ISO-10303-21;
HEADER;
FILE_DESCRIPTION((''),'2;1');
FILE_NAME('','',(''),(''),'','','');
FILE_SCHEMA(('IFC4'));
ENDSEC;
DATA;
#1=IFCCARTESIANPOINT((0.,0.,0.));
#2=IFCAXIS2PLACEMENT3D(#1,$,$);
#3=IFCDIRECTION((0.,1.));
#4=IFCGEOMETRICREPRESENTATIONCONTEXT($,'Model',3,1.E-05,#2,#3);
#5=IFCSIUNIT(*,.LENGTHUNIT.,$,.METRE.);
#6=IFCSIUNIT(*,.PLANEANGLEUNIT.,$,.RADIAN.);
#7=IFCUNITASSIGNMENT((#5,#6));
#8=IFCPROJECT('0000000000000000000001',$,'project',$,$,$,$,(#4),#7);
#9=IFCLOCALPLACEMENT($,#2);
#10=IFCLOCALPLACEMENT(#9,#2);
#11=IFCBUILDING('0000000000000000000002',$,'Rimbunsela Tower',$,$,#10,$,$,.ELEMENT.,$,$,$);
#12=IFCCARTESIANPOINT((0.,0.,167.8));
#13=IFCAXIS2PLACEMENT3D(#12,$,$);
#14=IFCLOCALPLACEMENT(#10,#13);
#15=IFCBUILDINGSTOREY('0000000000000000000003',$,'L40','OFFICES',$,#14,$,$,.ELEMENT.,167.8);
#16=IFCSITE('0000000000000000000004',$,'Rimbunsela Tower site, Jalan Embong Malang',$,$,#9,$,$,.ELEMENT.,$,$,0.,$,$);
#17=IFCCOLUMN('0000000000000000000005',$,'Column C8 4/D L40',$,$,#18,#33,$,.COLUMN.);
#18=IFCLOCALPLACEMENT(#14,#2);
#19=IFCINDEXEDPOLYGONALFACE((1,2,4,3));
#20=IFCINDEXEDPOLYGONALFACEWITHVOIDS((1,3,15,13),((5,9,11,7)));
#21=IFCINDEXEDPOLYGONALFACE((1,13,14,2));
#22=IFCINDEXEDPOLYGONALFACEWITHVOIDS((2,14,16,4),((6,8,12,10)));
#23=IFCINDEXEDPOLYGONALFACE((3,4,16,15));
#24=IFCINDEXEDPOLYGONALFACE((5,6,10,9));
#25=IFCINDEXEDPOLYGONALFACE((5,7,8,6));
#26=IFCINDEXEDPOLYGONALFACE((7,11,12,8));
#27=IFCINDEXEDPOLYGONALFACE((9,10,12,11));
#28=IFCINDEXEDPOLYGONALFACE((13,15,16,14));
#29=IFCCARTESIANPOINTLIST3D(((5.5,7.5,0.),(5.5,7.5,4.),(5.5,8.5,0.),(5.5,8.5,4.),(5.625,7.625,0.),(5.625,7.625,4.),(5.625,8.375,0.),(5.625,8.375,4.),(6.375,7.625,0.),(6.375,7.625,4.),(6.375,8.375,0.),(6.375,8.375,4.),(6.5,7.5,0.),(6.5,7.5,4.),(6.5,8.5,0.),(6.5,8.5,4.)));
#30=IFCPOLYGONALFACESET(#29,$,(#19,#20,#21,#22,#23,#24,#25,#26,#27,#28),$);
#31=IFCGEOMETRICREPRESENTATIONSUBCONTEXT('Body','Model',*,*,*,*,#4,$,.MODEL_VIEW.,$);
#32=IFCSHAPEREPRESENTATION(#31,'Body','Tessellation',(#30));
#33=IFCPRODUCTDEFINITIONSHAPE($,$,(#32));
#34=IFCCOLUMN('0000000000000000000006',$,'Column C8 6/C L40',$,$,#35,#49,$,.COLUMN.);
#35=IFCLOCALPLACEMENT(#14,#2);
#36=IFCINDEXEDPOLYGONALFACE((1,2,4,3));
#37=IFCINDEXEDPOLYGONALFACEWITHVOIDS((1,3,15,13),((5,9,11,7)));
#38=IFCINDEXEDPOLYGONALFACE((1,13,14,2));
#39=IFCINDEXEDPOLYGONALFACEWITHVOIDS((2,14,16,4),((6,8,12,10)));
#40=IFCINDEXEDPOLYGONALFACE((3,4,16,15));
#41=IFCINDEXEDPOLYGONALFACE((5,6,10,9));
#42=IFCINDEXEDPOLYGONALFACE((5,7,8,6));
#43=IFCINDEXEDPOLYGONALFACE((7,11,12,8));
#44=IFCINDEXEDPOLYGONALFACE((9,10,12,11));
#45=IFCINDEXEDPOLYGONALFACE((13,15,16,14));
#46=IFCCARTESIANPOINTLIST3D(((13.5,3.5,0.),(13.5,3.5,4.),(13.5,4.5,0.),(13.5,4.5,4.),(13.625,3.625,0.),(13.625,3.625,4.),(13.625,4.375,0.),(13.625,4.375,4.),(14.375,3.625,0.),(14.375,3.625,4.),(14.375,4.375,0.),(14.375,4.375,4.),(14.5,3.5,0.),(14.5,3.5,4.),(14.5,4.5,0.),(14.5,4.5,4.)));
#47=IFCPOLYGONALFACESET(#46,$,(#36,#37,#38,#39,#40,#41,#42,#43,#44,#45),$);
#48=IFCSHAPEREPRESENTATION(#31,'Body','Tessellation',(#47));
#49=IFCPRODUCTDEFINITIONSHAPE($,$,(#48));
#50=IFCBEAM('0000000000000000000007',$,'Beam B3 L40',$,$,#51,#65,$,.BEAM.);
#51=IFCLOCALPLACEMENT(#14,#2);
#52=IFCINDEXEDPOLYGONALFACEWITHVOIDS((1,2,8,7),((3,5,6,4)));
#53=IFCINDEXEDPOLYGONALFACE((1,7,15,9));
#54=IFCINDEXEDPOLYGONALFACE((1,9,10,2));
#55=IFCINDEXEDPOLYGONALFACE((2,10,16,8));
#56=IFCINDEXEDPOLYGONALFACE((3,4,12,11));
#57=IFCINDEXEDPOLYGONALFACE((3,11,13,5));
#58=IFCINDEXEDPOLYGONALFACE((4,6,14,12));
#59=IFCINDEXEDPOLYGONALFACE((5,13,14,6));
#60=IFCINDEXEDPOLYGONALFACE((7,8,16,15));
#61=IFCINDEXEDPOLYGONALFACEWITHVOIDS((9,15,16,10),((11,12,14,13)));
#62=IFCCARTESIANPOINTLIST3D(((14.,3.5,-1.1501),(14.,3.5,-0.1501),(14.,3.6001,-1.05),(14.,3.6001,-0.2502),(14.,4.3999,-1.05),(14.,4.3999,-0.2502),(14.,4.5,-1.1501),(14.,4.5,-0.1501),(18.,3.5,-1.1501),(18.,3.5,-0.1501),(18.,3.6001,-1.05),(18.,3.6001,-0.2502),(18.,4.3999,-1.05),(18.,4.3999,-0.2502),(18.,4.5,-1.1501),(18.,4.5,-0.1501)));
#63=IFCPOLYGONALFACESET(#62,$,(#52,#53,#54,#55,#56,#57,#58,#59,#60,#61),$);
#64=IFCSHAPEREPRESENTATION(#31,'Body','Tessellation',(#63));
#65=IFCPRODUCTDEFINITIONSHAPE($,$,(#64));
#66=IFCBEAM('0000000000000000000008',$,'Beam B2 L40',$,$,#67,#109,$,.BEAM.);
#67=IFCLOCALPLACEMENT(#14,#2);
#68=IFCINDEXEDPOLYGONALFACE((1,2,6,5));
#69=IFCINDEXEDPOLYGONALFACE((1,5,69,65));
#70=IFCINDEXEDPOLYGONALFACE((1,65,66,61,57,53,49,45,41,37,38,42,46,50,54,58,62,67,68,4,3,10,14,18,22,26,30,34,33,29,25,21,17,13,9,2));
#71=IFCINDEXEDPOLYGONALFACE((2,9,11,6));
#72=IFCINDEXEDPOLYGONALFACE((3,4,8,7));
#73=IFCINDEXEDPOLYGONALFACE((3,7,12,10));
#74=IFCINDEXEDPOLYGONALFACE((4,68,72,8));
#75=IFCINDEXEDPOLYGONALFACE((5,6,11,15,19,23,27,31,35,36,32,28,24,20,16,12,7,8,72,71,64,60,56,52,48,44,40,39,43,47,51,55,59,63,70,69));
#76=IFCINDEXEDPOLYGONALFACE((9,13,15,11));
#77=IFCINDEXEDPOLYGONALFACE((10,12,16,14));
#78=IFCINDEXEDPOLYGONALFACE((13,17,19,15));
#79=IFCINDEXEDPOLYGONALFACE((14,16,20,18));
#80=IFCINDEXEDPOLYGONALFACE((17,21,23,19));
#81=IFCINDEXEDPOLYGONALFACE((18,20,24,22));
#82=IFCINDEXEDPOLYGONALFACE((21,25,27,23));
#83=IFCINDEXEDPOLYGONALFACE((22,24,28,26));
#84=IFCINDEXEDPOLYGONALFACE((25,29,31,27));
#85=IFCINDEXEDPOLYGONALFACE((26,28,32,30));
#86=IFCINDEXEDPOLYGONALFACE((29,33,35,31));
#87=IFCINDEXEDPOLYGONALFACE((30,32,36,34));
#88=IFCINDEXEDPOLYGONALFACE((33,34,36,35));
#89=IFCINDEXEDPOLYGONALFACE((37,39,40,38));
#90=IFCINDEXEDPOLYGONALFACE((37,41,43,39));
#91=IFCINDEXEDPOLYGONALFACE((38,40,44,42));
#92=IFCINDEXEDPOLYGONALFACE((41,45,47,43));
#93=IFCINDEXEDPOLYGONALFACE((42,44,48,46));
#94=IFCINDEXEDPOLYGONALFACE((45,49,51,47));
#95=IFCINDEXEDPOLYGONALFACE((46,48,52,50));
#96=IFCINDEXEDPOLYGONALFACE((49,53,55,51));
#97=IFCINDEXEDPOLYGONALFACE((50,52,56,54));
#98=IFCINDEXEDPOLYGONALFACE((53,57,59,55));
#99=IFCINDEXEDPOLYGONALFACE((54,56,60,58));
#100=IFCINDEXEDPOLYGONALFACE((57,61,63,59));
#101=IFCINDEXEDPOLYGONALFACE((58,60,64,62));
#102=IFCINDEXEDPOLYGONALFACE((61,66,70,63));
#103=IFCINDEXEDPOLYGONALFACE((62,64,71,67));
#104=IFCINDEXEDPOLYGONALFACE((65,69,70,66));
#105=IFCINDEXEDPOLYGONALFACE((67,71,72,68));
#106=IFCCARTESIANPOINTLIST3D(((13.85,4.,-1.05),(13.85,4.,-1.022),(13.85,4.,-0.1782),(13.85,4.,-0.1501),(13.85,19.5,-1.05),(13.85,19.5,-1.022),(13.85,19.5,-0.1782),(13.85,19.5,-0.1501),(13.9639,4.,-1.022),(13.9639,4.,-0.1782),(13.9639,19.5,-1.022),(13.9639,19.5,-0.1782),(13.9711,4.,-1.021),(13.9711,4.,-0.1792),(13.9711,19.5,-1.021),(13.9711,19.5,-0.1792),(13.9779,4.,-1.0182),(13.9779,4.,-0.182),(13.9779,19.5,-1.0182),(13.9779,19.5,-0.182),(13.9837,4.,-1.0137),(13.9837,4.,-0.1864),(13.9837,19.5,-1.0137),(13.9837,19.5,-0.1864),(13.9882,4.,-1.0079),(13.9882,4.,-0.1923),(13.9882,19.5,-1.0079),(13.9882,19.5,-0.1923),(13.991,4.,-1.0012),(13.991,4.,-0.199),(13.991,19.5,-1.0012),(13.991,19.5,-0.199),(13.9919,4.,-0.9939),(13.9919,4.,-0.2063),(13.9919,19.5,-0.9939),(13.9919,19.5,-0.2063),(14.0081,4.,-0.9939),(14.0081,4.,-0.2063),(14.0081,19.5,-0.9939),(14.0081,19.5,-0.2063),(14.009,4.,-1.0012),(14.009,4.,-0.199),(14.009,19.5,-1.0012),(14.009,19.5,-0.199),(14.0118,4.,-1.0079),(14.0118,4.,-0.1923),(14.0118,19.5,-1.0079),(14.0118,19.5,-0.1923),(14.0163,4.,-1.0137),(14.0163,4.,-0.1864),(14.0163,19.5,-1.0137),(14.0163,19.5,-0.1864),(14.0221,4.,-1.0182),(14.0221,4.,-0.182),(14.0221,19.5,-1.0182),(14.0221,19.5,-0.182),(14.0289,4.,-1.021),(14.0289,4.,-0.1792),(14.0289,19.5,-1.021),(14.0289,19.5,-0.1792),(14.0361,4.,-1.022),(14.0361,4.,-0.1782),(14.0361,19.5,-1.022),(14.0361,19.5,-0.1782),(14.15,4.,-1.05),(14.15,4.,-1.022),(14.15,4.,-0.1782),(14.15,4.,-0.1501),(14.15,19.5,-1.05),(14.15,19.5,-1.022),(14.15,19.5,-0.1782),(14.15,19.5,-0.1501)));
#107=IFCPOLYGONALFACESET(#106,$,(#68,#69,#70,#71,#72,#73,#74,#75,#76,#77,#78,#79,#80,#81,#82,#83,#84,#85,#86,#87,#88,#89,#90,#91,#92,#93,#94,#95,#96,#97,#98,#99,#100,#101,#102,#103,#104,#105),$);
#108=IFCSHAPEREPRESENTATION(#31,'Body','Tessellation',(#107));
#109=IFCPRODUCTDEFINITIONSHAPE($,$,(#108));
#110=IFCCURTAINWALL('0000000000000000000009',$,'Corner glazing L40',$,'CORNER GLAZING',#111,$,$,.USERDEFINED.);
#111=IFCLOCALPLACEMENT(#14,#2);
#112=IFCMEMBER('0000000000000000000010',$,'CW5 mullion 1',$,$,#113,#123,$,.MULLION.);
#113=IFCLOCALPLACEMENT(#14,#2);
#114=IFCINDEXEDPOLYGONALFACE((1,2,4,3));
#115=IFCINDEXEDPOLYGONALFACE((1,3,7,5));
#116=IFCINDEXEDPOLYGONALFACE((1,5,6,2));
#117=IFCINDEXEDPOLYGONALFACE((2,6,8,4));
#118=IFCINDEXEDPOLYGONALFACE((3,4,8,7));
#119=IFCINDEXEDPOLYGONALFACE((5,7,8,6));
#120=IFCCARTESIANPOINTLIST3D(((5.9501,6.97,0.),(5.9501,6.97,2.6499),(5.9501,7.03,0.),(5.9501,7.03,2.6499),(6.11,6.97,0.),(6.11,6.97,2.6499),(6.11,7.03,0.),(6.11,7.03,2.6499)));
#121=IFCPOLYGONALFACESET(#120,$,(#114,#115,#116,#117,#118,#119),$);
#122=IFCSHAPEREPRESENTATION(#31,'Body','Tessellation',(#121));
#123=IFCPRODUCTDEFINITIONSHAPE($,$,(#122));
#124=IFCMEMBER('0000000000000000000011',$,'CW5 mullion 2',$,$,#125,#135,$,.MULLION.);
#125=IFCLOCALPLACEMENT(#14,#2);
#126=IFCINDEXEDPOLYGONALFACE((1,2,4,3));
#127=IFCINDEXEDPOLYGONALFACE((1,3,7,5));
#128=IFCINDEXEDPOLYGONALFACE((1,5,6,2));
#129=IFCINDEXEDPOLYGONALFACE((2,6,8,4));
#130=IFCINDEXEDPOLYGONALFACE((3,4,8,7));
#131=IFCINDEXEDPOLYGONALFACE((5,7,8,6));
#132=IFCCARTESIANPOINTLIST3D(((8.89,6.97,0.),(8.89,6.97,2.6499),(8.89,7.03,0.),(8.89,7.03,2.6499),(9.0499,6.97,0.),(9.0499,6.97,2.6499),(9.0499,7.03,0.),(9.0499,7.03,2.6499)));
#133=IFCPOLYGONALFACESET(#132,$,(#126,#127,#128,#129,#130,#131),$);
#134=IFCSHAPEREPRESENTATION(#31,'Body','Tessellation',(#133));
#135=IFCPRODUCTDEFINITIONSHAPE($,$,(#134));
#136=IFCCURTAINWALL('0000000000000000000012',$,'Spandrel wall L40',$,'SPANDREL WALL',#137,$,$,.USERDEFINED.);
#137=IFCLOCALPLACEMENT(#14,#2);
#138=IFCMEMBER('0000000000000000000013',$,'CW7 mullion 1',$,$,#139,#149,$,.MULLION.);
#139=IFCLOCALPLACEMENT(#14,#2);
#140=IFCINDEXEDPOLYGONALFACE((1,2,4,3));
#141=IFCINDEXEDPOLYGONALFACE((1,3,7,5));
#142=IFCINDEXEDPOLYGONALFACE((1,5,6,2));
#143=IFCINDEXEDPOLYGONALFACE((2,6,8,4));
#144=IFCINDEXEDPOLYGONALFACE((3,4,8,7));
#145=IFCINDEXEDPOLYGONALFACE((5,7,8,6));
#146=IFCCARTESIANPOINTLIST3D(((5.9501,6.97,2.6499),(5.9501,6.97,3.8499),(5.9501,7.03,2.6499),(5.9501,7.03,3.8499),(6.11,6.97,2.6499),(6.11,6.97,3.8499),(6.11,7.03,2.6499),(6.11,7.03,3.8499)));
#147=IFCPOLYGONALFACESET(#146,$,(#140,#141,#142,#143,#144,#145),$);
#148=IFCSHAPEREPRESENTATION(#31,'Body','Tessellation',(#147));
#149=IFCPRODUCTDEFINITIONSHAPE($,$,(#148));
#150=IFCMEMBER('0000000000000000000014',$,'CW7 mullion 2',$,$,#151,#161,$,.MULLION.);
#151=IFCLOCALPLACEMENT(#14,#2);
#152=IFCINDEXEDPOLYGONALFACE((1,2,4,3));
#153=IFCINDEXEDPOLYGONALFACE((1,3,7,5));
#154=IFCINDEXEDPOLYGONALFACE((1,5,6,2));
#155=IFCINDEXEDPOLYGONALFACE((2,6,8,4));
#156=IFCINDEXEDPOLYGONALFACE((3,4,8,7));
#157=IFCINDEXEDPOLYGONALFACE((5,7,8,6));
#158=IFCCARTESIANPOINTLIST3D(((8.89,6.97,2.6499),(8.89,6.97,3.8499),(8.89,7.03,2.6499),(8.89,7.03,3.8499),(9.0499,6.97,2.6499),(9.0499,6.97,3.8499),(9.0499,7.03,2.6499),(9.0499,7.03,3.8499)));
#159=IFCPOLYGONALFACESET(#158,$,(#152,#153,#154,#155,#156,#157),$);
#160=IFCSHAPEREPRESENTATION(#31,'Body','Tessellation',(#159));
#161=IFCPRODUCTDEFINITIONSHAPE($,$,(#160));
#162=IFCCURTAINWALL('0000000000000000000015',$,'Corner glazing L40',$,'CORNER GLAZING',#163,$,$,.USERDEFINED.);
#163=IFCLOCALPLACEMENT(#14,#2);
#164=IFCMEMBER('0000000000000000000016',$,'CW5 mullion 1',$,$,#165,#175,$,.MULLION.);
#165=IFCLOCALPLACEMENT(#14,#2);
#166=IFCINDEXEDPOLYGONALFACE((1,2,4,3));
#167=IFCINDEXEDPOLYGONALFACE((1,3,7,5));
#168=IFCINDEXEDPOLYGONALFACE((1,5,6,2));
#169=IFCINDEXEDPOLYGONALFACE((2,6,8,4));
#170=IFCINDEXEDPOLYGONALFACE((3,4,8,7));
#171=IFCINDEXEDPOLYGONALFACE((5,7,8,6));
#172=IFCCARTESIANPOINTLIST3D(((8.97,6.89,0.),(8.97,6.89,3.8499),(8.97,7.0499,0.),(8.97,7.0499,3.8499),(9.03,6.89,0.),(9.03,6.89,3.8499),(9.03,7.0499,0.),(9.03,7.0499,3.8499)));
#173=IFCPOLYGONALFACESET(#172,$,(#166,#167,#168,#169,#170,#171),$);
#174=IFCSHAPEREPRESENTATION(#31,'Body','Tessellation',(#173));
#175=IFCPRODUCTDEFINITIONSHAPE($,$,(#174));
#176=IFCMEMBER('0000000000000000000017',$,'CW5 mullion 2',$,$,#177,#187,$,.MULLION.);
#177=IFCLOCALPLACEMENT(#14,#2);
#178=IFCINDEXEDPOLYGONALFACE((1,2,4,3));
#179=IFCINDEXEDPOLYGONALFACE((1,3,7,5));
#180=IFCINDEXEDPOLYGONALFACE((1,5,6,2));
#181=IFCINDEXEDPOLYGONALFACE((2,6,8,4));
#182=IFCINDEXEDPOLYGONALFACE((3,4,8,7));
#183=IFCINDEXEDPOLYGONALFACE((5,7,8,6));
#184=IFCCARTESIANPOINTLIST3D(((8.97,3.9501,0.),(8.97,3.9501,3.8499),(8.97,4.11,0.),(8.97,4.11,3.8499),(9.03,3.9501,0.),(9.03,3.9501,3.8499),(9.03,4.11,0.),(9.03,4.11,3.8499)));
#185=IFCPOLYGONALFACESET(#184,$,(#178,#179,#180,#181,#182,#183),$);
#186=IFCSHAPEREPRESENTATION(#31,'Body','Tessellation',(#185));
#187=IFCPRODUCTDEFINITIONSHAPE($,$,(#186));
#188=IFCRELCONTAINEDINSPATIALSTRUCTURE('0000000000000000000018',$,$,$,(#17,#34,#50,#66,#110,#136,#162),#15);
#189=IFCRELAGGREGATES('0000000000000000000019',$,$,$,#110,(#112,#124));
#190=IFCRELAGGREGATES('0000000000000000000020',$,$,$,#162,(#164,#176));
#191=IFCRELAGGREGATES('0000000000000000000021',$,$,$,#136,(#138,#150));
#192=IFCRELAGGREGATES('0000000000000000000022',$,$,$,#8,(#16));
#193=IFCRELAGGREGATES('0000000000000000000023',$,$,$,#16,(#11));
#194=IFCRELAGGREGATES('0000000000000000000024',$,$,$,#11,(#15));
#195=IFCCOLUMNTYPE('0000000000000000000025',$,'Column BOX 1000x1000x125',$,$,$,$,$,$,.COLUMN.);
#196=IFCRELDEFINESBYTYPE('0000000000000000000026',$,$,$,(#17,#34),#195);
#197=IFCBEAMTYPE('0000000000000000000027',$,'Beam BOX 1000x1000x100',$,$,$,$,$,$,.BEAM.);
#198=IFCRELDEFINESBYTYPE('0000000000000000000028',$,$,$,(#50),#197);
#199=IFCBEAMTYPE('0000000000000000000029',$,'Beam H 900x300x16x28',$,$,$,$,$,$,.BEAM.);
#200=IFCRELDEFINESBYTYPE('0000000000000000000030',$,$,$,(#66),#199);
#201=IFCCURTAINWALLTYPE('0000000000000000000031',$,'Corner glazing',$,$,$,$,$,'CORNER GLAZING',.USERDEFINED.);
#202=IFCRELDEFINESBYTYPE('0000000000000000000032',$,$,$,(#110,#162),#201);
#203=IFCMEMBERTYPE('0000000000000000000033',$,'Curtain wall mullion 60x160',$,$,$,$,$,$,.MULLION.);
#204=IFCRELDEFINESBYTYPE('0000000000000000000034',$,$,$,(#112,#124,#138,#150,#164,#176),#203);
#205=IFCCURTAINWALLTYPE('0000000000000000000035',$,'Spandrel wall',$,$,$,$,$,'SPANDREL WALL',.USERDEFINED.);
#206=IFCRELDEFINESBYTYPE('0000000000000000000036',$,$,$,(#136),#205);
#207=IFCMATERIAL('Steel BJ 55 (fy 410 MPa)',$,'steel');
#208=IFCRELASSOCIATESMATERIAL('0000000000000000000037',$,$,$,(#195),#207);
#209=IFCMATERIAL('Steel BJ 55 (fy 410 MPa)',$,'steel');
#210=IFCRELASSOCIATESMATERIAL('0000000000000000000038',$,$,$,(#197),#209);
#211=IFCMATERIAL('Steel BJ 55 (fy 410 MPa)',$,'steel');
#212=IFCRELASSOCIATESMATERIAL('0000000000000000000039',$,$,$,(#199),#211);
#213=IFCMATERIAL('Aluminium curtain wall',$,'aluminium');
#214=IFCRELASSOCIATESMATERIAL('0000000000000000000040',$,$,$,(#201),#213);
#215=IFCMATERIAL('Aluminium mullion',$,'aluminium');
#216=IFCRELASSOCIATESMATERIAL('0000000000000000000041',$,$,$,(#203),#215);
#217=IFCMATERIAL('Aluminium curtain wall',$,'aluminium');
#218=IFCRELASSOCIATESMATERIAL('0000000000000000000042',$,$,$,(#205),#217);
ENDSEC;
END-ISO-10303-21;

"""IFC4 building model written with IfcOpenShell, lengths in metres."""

from ifc_helpers import new_model, si_unit, direction, frame, origin, origin_2d, place, context, subcontext, project, spatial, rectangle, hollow_rectangle, i_section, extrude, material, material_profile, profile_set, type_object, element, aggregate, save


model = new_model("IFC4")

# Units and contexts
model_context = context("Model", 3, precision=1e-05, world=origin(), true_north=direction((0.0, 1.0)))
body_context = subcontext(model_context, "Body", "Model", "MODEL_VIEW")
ifc_project = project(units=[si_unit("LENGTHUNIT", "METRE"), si_unit("PLANEANGLEUNIT", "RADIAN")], contexts=[model_context])

# Site, building, storey
site_placement = place(None, origin())
site = spatial("IfcSite", under=ifc_project, at=site_placement, Name="Rimbunsela Tower site, Jalan Embong Malang", CompositionType="ELEMENT", RefElevation=0.0)
building_placement = place(site_placement, origin())
building = spatial("IfcBuilding", under=site, at=building_placement, Name="Rimbunsela Tower", CompositionType="ELEMENT")
storey_placement = place(building_placement, frame((0.0, 0.0, 167.8)))
storey = spatial("IfcBuildingStorey", under=building, at=storey_placement, Name="L40", Description="OFFICES", CompositionType="ELEMENT", Elevation=167.8)

# Columns
ifc_material_1 = material(Name="Steel BJ 55 (fy 410 MPa)", Category="steel")
ifc_material_profile_1 = material_profile(ifc_material_1, hollow_rectangle(XDim=1.0, YDim=1.0, WallThickness=0.125, at=origin_2d()), Name="BOX 1000x1000x125")
ifc_profile_set_1 = profile_set([ifc_material_profile_1], Name="Steel BJ 55 (fy 410 MPa)")
column_type = type_object("IfcColumnType", Name="Column BOX 1000x1000x125", PredefinedType="COLUMN", material=ifc_profile_set_1)
for number, where, z_axis, x_axis, name in (
    (1, (6.0, 8.0, 0.0), (0.0, 0.0, 1.0), (1.0, 0.0, 0.0), "Column C8 4/D L40"),
    (2, (14.0, 4.0, 0.0), (0.0, 0.0, 1.0), (1.0, 0.0, 0.0), "Column C8 6/C L40"),
):
    element("IfcColumn", number, at=place(storey_placement, frame(where, z_axis=z_axis, x_axis=x_axis)), inside=storey, type_object=column_type, Name=name, PredefinedType="COLUMN", context=body_context, shape_type="SweptSolid", body=[
        extrude(hollow_rectangle(XDim=1.0, YDim=1.0, WallThickness=0.125, at=origin_2d()), origin(), (0.0, 0.0, 1.0), 4.0),
    ])

# Beams
ifc_material_2 = material(Name="Steel BJ 55 (fy 410 MPa)", Category="steel")
ifc_material_profile_2 = material_profile(ifc_material_2, hollow_rectangle(XDim=1.0, YDim=1.0, WallThickness=0.1001, at=origin_2d()), Name="BOX 1000x1000x100")
ifc_profile_set_2 = profile_set([ifc_material_profile_2], Name="Steel BJ 55 (fy 410 MPa)")
beam_type_1 = type_object("IfcBeamType", Name="Beam BOX 1000x1000x100", PredefinedType="BEAM", material=ifc_profile_set_2)
beam_1_placement = place(storey_placement, frame((14.0, 4.0, -0.6501), z_axis=(1.0, 0.0, 0.0), x_axis=(0.0, 1.0, 0.0)))
element("IfcBeam", 3, at=beam_1_placement, inside=storey, type_object=beam_type_1, Name="Beam B3 L40", PredefinedType="BEAM", context=body_context, shape_type="SweptSolid", body=[
    extrude(hollow_rectangle(XDim=1.0, YDim=1.0, WallThickness=0.1001, at=origin_2d()), origin(), (0.0, 0.0, 1.0), 4.0),
])
ifc_material_3 = material(Name="Steel BJ 55 (fy 410 MPa)", Category="steel")
ifc_material_profile_3 = material_profile(ifc_material_3, i_section(OverallWidth=0.3, OverallDepth=0.8999, WebThickness=0.0161, FlangeThickness=0.0281, FilletRadius=0.0281, at=origin_2d()), Name="H 900x300x16x28")
ifc_profile_set_3 = profile_set([ifc_material_profile_3], Name="Steel BJ 55 (fy 410 MPa)")
beam_type_2 = type_object("IfcBeamType", Name="Beam H 900x300x16x28", PredefinedType="BEAM", material=ifc_profile_set_3)
beam_2_placement = place(storey_placement, frame((14.0, 4.0, -0.6001), z_axis=(0.0, 1.0, 0.0), x_axis=(-1.0, 0.0, 0.0)))
element("IfcBeam", 4, at=beam_2_placement, inside=storey, type_object=beam_type_2, Name="Beam B2 L40", PredefinedType="BEAM", context=body_context, shape_type="SweptSolid", body=[
    extrude(i_section(OverallWidth=0.3, OverallDepth=0.8999, WebThickness=0.0161, FlangeThickness=0.0281, FilletRadius=0.0281, at=origin_2d()), origin(), (0.0, 0.0, 1.0), 15.5),
])

# Curtain walls, members
ifc_material_4 = material(Name="Aluminium curtain wall", Category="aluminium")
curtain_wall_type_1 = type_object("IfcCurtainWallType", Name="Corner glazing", ElementType="CORNER GLAZING", PredefinedType="USERDEFINED", material=ifc_material_4)
curtain_wall_1_placement = place(storey_placement, origin())
curtain_wall_1 = element("IfcCurtainWall", 5, at=curtain_wall_1_placement, inside=storey, type_object=curtain_wall_type_1, Name="Corner glazing L40", ObjectType="CORNER GLAZING", PredefinedType="USERDEFINED")
ifc_material_5 = material(Name="Aluminium mullion", Category="aluminium")
ifc_material_profile_4 = material_profile(ifc_material_5, rectangle(XDim=0.0601, YDim=0.1599, at=origin_2d()), Name="Mullion 60x160")
ifc_profile_set_4 = profile_set([ifc_material_profile_4], Name="Aluminium mullion")
member_type_1 = type_object("IfcMemberType", Name="Curtain wall mullion 60x160", PredefinedType="MULLION", material=ifc_profile_set_4)
member_1_placement = place(storey_placement, frame((6.03, 7.0, 0.0), z_axis=(0.0, 0.0, 1.0), x_axis=(0.0, 1.0, 0.0)))
member_1 = element("IfcMember", 6, at=member_1_placement, type_object=member_type_1, Name="CW5 mullion 1", PredefinedType="MULLION", context=body_context, shape_type="SweptSolid", body=[
    extrude(rectangle(XDim=0.0601, YDim=0.1599, at=origin_2d()), origin(), (0.0, 0.0, 1.0), 2.6499),
])
member_2_placement = place(storey_placement, frame((8.97, 7.0, 0.0), z_axis=(0.0, 0.0, 1.0), x_axis=(0.0, 1.0, 0.0)))
member_2 = element("IfcMember", 7, at=member_2_placement, type_object=member_type_1, Name="CW5 mullion 2", PredefinedType="MULLION", context=body_context, shape_type="SweptSolid", body=[
    extrude(rectangle(XDim=0.0601, YDim=0.1599, at=origin_2d()), origin(), (0.0, 0.0, 1.0), 2.6499),
])
ifc_material_6 = material(Name="Aluminium curtain wall", Category="aluminium")
curtain_wall_type_2 = type_object("IfcCurtainWallType", Name="Spandrel wall", ElementType="SPANDREL WALL", PredefinedType="USERDEFINED", material=ifc_material_6)
curtain_wall_2_placement = place(storey_placement, origin())
curtain_wall_2 = element("IfcCurtainWall", 8, at=curtain_wall_2_placement, inside=storey, type_object=curtain_wall_type_2, Name="Spandrel wall L40", ObjectType="SPANDREL WALL", PredefinedType="USERDEFINED")
member_3_placement = place(storey_placement, frame((6.03, 7.0, 2.6499), z_axis=(0.0, 0.0, 1.0), x_axis=(0.0, 1.0, 0.0)))
member_3 = element("IfcMember", 9, at=member_3_placement, type_object=member_type_1, Name="CW7 mullion 1", PredefinedType="MULLION", context=body_context, shape_type="SweptSolid", body=[
    extrude(rectangle(XDim=0.0601, YDim=0.1599, at=origin_2d()), origin(), (0.0, 0.0, 1.0), 1.2),
])
member_4_placement = place(storey_placement, frame((8.97, 7.0, 2.6499), z_axis=(0.0, 0.0, 1.0), x_axis=(0.0, 1.0, 0.0)))
member_4 = element("IfcMember", 10, at=member_4_placement, type_object=member_type_1, Name="CW7 mullion 2", PredefinedType="MULLION", context=body_context, shape_type="SweptSolid", body=[
    extrude(rectangle(XDim=0.0601, YDim=0.1599, at=origin_2d()), origin(), (0.0, 0.0, 1.0), 1.2),
])
curtain_wall_3_placement = place(storey_placement, origin())
curtain_wall_3 = element("IfcCurtainWall", 11, at=curtain_wall_3_placement, inside=storey, type_object=curtain_wall_type_1, Name="Corner glazing L40", ObjectType="CORNER GLAZING", PredefinedType="USERDEFINED")
member_5_placement = place(storey_placement, frame((9.0, 6.97, 0.0), z_axis=(0.0, 0.0, 1.0), x_axis=(1.0, 0.0, 0.0)))
member_5 = element("IfcMember", 12, at=member_5_placement, type_object=member_type_1, Name="CW5 mullion 1", PredefinedType="MULLION", context=body_context, shape_type="SweptSolid", body=[
    extrude(rectangle(XDim=0.0601, YDim=0.1599, at=origin_2d()), origin(), (0.0, 0.0, 1.0), 3.8499),
])
member_6_placement = place(storey_placement, frame((9.0, 4.03, 0.0), z_axis=(0.0, 0.0, 1.0), x_axis=(1.0, 0.0, 0.0)))
member_6 = element("IfcMember", 13, at=member_6_placement, type_object=member_type_1, Name="CW5 mullion 2", PredefinedType="MULLION", context=body_context, shape_type="SweptSolid", body=[
    extrude(rectangle(XDim=0.0601, YDim=0.1599, at=origin_2d()), origin(), (0.0, 0.0, 1.0), 3.8499),
])

aggregate(curtain_wall_1, [member_1, member_2])
aggregate(curtain_wall_3, [member_5, member_6])
aggregate(curtain_wall_2, [member_3, member_4])

save(model, "model.ifc")
